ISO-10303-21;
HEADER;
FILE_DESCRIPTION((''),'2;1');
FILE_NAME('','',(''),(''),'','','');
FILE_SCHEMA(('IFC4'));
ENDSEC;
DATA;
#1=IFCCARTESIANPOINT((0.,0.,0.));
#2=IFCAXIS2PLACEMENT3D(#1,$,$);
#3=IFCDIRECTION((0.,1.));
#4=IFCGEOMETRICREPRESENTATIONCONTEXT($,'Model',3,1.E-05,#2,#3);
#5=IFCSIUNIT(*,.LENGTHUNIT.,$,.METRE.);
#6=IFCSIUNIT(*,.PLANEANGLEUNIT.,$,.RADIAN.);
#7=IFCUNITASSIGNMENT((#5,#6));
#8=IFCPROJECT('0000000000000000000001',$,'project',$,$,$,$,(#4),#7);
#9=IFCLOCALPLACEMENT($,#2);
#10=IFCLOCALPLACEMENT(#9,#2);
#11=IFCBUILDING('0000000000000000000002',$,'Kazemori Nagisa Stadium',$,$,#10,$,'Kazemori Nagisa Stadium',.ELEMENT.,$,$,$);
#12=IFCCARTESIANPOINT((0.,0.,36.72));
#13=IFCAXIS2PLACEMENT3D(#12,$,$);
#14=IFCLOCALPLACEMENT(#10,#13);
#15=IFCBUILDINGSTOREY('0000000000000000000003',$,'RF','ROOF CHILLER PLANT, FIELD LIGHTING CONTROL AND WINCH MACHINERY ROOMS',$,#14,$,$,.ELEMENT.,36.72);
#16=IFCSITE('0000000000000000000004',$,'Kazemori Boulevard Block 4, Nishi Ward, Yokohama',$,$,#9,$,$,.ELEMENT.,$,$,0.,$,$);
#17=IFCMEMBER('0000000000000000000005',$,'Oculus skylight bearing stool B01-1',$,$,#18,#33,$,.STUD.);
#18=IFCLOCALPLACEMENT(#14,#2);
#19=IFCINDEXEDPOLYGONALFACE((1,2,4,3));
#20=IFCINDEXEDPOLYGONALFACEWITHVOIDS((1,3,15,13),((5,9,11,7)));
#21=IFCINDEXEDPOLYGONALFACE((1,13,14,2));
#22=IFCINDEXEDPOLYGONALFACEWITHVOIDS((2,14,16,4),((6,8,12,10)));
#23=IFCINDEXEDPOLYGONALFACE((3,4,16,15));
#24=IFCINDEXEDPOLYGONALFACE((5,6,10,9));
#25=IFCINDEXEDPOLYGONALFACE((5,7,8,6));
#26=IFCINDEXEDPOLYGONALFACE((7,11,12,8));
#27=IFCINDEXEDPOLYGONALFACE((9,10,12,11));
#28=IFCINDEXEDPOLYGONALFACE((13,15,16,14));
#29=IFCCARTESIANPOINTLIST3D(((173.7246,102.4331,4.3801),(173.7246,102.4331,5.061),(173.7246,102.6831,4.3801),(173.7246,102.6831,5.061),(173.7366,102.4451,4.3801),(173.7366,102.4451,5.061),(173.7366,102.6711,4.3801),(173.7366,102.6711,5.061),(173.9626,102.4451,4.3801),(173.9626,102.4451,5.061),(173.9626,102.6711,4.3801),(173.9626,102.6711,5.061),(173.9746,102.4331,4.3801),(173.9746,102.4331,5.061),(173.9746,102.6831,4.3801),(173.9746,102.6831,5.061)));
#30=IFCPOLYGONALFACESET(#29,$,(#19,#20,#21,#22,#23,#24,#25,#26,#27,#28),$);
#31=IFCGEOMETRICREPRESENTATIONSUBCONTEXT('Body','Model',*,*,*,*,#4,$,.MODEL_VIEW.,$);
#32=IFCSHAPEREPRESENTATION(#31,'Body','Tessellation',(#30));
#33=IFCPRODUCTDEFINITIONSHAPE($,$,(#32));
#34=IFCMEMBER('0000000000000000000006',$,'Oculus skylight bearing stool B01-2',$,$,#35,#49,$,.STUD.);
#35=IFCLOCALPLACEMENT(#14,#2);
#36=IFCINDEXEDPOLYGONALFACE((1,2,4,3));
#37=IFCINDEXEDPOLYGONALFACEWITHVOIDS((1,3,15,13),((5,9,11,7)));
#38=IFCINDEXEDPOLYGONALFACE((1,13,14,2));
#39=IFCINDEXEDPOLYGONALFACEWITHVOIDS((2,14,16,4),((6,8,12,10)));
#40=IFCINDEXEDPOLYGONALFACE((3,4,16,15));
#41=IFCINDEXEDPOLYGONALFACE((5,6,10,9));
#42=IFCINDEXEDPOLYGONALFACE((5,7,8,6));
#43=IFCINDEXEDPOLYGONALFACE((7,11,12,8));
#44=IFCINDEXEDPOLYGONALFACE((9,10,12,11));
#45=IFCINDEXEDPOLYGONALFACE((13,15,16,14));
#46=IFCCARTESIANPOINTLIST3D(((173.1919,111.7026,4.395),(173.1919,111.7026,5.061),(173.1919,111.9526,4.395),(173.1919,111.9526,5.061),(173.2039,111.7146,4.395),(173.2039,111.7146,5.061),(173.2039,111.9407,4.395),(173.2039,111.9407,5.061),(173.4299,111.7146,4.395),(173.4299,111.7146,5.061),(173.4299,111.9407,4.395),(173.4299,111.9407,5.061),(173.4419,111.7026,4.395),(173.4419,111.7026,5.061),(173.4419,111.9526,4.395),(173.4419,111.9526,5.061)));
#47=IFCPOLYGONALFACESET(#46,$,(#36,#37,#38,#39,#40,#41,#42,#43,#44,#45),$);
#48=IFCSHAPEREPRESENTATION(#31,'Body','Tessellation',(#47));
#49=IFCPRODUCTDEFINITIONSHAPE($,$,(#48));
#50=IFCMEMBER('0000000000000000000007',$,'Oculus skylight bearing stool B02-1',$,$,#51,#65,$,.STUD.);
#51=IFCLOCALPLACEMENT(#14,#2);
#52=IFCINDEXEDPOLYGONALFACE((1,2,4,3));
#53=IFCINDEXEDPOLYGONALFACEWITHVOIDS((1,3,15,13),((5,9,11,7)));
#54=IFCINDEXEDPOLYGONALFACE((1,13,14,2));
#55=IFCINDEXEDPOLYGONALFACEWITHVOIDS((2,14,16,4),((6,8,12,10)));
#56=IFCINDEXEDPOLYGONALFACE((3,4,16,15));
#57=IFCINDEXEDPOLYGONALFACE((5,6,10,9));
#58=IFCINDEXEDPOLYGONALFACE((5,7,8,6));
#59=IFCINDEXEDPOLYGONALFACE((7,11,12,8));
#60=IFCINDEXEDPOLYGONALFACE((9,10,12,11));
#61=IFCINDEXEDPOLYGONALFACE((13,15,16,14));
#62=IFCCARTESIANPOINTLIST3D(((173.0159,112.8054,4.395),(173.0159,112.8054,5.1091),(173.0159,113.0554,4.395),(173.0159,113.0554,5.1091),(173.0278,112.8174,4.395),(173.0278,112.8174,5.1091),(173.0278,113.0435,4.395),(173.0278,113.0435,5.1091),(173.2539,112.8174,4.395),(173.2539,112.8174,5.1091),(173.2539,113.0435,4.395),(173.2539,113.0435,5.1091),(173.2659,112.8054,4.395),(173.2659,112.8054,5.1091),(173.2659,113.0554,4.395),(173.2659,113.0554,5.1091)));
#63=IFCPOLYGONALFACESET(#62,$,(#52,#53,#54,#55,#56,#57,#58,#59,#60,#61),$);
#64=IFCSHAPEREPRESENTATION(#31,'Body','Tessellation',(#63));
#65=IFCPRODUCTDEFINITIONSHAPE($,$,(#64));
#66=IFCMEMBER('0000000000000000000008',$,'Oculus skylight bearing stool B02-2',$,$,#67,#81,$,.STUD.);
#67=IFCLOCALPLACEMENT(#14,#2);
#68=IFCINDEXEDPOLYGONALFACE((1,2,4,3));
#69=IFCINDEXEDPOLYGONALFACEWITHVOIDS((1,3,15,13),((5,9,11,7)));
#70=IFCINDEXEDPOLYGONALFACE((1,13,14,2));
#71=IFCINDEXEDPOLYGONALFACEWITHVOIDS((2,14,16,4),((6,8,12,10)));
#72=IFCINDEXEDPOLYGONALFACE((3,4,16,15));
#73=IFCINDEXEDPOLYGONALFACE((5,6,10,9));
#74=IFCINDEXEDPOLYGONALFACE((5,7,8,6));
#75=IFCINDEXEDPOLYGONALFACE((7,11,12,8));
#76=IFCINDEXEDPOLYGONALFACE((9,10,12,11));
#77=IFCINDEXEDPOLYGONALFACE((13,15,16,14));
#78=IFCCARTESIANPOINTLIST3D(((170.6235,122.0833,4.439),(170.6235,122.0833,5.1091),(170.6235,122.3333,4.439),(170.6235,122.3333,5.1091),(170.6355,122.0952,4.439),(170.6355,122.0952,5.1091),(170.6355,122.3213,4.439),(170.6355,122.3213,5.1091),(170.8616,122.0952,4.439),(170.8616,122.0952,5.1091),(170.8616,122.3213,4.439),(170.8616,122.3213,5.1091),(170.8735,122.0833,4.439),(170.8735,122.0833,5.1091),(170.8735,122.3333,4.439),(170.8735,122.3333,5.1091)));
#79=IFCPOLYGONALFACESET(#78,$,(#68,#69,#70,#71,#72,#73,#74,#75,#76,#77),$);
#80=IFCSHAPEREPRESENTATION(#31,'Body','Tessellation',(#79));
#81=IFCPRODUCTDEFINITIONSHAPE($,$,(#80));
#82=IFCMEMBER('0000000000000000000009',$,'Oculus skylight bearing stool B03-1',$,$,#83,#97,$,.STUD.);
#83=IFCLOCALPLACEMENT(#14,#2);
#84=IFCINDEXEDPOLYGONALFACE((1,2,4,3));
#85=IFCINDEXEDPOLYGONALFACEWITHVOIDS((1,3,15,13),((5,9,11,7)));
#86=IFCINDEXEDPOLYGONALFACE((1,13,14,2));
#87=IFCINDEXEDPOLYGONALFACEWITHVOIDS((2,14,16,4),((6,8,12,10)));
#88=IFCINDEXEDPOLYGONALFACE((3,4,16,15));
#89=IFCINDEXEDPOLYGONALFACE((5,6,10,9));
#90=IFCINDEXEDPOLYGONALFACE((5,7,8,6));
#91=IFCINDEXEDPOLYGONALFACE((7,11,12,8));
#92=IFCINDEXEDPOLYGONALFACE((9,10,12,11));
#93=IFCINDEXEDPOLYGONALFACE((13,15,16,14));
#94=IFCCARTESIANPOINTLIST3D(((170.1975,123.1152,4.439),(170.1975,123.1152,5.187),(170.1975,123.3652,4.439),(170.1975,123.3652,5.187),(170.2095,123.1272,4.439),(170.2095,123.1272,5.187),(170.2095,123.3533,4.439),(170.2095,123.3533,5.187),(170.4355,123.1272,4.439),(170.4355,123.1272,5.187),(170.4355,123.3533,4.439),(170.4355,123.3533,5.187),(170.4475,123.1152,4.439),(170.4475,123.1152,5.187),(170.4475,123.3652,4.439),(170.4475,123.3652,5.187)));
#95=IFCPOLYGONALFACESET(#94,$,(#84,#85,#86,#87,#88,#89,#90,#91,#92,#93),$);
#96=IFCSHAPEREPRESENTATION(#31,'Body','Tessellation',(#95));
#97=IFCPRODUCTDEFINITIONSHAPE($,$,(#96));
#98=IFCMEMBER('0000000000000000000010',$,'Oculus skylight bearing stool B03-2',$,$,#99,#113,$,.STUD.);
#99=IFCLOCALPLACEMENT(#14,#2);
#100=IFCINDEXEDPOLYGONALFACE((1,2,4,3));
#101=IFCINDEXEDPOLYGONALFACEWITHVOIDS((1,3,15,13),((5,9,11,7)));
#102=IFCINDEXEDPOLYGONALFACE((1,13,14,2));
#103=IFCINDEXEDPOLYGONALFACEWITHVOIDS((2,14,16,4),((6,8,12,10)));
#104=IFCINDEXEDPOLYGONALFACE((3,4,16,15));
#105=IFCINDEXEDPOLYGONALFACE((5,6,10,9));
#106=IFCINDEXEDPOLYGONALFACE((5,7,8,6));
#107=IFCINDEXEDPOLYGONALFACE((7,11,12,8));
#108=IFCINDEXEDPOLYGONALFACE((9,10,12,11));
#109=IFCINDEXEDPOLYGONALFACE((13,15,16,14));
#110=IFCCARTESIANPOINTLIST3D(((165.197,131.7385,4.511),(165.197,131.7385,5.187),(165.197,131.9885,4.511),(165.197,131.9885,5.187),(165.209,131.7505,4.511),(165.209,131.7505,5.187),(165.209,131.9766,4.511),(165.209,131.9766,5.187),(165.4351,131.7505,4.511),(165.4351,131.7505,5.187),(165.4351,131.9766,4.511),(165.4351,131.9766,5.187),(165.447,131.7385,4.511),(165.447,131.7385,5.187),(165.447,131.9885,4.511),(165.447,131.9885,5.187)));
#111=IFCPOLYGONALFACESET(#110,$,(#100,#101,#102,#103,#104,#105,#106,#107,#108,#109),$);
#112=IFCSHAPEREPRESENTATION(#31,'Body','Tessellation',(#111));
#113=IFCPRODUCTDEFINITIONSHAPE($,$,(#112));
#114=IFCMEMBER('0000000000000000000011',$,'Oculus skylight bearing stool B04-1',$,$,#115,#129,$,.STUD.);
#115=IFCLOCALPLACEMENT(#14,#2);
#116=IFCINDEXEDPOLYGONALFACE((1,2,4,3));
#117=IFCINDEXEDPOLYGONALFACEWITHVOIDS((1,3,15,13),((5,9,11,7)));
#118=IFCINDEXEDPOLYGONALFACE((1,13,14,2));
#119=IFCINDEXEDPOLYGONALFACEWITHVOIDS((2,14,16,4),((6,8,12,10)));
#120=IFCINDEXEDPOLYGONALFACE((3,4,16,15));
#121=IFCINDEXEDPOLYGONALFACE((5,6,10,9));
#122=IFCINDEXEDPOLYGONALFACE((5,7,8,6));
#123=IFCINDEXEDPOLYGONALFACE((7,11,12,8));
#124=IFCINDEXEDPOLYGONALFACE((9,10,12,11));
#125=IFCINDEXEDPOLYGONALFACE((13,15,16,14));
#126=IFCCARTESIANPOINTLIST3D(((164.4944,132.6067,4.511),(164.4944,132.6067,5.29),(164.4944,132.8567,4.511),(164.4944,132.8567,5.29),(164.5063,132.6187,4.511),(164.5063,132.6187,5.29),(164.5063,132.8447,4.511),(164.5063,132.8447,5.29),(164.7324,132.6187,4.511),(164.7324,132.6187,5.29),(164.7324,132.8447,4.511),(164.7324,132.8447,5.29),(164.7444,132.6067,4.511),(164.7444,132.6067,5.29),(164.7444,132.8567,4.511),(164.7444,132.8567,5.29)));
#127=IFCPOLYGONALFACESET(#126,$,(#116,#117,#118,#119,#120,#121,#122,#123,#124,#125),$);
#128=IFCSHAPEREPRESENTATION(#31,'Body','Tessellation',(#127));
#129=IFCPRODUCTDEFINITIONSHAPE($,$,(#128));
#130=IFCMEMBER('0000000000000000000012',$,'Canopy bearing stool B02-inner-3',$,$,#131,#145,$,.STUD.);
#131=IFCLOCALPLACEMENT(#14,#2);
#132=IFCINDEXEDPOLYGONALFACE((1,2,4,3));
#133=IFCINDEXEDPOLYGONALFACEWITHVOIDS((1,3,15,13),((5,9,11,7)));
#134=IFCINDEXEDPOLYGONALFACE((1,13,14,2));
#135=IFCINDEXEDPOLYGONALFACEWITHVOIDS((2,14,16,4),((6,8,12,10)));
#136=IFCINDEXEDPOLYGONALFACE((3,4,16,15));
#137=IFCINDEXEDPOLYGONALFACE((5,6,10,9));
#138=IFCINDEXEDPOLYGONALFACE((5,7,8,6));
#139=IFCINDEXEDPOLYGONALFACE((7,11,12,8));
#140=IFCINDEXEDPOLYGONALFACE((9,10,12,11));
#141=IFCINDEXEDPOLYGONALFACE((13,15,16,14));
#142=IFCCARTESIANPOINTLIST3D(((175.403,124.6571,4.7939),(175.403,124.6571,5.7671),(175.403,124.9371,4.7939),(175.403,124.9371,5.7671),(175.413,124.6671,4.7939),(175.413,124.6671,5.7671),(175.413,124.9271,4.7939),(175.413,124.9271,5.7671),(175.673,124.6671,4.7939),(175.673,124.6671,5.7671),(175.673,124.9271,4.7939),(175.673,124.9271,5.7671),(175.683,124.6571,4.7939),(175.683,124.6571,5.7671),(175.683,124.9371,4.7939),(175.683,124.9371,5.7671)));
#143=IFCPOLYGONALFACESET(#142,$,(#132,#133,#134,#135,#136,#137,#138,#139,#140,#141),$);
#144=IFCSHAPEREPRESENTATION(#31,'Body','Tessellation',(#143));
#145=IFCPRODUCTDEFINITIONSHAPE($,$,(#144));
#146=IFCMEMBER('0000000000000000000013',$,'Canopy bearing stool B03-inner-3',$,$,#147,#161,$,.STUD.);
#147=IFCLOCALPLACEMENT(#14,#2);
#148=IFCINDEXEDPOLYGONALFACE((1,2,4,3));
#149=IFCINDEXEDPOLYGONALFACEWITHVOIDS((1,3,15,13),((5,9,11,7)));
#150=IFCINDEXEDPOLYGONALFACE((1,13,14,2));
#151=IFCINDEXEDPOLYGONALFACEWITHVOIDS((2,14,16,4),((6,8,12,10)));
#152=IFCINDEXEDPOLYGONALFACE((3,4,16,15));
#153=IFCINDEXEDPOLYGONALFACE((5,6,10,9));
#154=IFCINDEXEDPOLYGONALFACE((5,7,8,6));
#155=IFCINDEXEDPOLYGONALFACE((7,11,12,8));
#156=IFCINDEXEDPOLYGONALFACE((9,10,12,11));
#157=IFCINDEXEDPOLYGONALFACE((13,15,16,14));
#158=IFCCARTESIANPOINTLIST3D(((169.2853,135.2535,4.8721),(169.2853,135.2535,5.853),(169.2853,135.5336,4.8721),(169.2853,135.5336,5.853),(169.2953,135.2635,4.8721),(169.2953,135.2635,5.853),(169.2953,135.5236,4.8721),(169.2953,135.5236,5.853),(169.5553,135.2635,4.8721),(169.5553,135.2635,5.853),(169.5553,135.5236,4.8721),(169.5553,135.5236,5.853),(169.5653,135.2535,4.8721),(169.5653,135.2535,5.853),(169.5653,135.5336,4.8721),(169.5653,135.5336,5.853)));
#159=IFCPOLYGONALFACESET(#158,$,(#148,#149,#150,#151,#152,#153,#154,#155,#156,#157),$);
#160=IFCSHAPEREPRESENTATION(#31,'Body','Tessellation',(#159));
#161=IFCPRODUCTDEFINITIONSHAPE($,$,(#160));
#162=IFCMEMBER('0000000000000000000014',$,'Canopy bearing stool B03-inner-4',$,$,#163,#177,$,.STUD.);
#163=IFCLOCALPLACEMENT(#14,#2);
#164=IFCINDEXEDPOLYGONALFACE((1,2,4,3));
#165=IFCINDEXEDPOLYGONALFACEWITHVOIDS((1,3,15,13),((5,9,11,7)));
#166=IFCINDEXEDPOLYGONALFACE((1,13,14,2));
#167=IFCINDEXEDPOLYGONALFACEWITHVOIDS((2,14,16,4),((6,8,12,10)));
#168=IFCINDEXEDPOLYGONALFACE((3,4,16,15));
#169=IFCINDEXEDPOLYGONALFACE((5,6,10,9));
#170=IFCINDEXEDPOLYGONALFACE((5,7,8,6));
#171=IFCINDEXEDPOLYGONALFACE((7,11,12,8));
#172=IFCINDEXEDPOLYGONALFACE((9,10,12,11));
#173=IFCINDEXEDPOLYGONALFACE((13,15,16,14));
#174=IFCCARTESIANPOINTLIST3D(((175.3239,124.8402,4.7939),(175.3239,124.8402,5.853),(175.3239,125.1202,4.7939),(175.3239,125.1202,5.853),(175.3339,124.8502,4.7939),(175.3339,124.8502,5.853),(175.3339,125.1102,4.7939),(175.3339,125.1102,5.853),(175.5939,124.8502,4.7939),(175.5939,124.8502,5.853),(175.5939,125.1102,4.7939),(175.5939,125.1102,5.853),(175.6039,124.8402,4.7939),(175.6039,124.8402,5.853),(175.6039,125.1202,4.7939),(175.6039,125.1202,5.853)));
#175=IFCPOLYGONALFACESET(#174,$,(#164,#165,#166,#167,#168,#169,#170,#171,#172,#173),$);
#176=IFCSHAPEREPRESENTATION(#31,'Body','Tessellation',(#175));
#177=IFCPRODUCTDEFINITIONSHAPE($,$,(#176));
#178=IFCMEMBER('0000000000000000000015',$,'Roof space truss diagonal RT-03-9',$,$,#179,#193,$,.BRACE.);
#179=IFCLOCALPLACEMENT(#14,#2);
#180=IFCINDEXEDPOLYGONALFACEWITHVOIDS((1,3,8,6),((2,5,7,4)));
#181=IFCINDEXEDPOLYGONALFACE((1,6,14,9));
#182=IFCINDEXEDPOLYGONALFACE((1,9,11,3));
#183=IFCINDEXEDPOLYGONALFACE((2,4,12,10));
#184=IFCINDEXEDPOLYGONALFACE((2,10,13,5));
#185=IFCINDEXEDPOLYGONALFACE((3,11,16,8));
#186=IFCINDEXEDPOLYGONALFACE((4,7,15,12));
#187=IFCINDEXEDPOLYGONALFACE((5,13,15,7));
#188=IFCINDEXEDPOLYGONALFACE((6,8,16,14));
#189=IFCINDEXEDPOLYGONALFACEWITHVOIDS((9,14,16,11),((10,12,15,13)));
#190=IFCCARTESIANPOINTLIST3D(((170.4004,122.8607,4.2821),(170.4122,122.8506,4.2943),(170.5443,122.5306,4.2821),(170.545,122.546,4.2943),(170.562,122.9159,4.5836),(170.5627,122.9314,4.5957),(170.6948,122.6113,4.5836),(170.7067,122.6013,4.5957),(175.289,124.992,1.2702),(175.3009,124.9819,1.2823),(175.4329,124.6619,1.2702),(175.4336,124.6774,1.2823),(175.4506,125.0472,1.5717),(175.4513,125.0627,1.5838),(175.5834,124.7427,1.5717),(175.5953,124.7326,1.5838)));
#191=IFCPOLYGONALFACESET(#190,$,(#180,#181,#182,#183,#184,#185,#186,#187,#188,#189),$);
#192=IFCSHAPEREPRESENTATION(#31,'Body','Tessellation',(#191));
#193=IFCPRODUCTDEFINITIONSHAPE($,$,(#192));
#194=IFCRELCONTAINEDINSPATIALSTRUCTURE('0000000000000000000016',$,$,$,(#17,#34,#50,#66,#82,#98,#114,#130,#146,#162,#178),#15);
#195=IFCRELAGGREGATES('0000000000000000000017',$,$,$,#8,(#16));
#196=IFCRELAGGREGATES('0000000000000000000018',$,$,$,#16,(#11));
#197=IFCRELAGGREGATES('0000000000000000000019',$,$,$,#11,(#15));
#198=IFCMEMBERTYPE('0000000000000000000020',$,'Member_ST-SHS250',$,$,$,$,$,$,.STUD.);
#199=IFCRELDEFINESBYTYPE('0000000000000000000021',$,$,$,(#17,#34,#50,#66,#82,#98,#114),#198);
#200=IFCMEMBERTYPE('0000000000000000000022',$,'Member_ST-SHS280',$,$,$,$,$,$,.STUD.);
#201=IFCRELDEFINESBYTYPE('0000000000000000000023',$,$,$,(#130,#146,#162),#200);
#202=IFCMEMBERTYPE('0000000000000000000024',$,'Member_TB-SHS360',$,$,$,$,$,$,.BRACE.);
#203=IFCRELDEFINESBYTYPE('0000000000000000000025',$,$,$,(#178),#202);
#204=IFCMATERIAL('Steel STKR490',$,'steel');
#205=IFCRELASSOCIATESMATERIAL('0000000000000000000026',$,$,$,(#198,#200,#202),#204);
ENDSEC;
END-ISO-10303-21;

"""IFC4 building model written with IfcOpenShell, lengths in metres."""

from ifc_helpers import new_model, si_unit, direction, frame, origin, origin_2d, place, context, subcontext, project, spatial, hollow_rectangle, extrude, material, material_profile, profile_set, type_object, element, save


model = new_model("IFC4")

# Units and contexts
model_context = context("Model", 3, precision=1e-05, world=origin(), true_north=direction((0.0, 1.0)))
body_context = subcontext(model_context, "Body", "Model", "MODEL_VIEW")
ifc_project = project(units=[si_unit("LENGTHUNIT", "METRE"), si_unit("PLANEANGLEUNIT", "RADIAN")], contexts=[model_context])

# Site, building, storey
site_placement = place(None, origin())
site = spatial("IfcSite", under=ifc_project, at=site_placement, Name="Kazemori Boulevard Block 4, Nishi Ward, Yokohama", CompositionType="ELEMENT", RefElevation=0.0)
building_placement = place(site_placement, origin())
building = spatial("IfcBuilding", under=site, at=building_placement, Name="Kazemori Nagisa Stadium", LongName="Kazemori Nagisa Stadium", CompositionType="ELEMENT")
storey_placement = place(building_placement, frame((0.0, 0.0, 36.72)))
storey = spatial("IfcBuildingStorey", under=building, at=storey_placement, Name="RF", Description="ROOF CHILLER PLANT, FIELD LIGHTING CONTROL AND WINCH MACHINERY ROOMS", CompositionType="ELEMENT", Elevation=36.72)

# Members
ifc_material = material(Name="Steel STKR490", Category="steel")
ifc_material_profile_1 = material_profile(ifc_material, hollow_rectangle(XDim=0.25, YDim=0.25, WallThickness=0.012, at=origin_2d()), Name="SHS-250x250x12")
ifc_profile_set_1 = profile_set([ifc_material_profile_1], Name="Steel STKR490")
member_type_1 = type_object("IfcMemberType", Name="Member_ST-SHS250", PredefinedType="STUD", material=ifc_profile_set_1)
member_1_placement = place(storey_placement, frame((173.8496, 102.5581, 4.3801), z_axis=(0.0, 0.0, 1.0), x_axis=(1.0, 0.0, 0.0)))
element("IfcMember", 1, at=member_1_placement, inside=storey, type_object=member_type_1, Name="Oculus skylight bearing stool B01-1", PredefinedType="STUD", context=body_context, shape_type="SweptSolid", body=[
    extrude(hollow_rectangle(XDim=0.25, YDim=0.25, WallThickness=0.012, at=origin_2d()), origin(), (0.0, 0.0, 1.0), 0.6809),
])
member_2_placement = place(storey_placement, frame((173.3169, 111.8276, 4.395), z_axis=(0.0, 0.0, 1.0), x_axis=(1.0, 0.0, 0.0)))
element("IfcMember", 2, at=member_2_placement, inside=storey, type_object=member_type_1, Name="Oculus skylight bearing stool B01-2", PredefinedType="STUD", context=body_context, shape_type="SweptSolid", body=[
    extrude(hollow_rectangle(XDim=0.25, YDim=0.25, WallThickness=0.012, at=origin_2d()), origin(), (0.0, 0.0, 1.0), 0.666),
])
member_3_placement = place(storey_placement, frame((173.1409, 112.9304, 4.395), z_axis=(0.0, 0.0, 1.0), x_axis=(1.0, 0.0, 0.0)))
element("IfcMember", 3, at=member_3_placement, inside=storey, type_object=member_type_1, Name="Oculus skylight bearing stool B02-1", PredefinedType="STUD", context=body_context, shape_type="SweptSolid", body=[
    extrude(hollow_rectangle(XDim=0.25, YDim=0.25, WallThickness=0.012, at=origin_2d()), origin(), (0.0, 0.0, 1.0), 0.7141),
])
member_4_placement = place(storey_placement, frame((170.7485, 122.2083, 4.439), z_axis=(0.0, 0.0, 1.0), x_axis=(1.0, 0.0, 0.0)))
element("IfcMember", 4, at=member_4_placement, inside=storey, type_object=member_type_1, Name="Oculus skylight bearing stool B02-2", PredefinedType="STUD", context=body_context, shape_type="SweptSolid", body=[
    extrude(hollow_rectangle(XDim=0.25, YDim=0.25, WallThickness=0.012, at=origin_2d()), origin(), (0.0, 0.0, 1.0), 0.6702),
])
member_5_placement = place(storey_placement, frame((170.3225, 123.2402, 4.439), z_axis=(0.0, 0.0, 1.0), x_axis=(1.0, 0.0, 0.0)))
element("IfcMember", 5, at=member_5_placement, inside=storey, type_object=member_type_1, Name="Oculus skylight bearing stool B03-1", PredefinedType="STUD", context=body_context, shape_type="SweptSolid", body=[
    extrude(hollow_rectangle(XDim=0.25, YDim=0.25, WallThickness=0.012, at=origin_2d()), origin(), (0.0, 0.0, 1.0), 0.748),
])
member_6_placement = place(storey_placement, frame((165.322, 131.8635, 4.511), z_axis=(0.0, 0.0, 1.0), x_axis=(1.0, 0.0, 0.0)))
element("IfcMember", 6, at=member_6_placement, inside=storey, type_object=member_type_1, Name="Oculus skylight bearing stool B03-2", PredefinedType="STUD", context=body_context, shape_type="SweptSolid", body=[
    extrude(hollow_rectangle(XDim=0.25, YDim=0.25, WallThickness=0.012, at=origin_2d()), origin(), (0.0, 0.0, 1.0), 0.676),
])
member_7_placement = place(storey_placement, frame((164.6194, 132.7317, 4.511), z_axis=(0.0, 0.0, 1.0), x_axis=(1.0, 0.0, 0.0)))
element("IfcMember", 7, at=member_7_placement, inside=storey, type_object=member_type_1, Name="Oculus skylight bearing stool B04-1", PredefinedType="STUD", context=body_context, shape_type="SweptSolid", body=[
    extrude(hollow_rectangle(XDim=0.25, YDim=0.25, WallThickness=0.012, at=origin_2d()), origin(), (0.0, 0.0, 1.0), 0.7791),
])
ifc_material_profile_2 = material_profile(ifc_material, hollow_rectangle(XDim=0.28, YDim=0.28, WallThickness=0.01, at=origin_2d()), Name="SHS-280x280x10")
ifc_profile_set_2 = profile_set([ifc_material_profile_2], Name="Steel STKR490")
member_type_2 = type_object("IfcMemberType", Name="Member_ST-SHS280", PredefinedType="STUD", material=ifc_profile_set_2)
member_8_placement = place(storey_placement, frame((175.543, 124.7971, 4.7939), z_axis=(0.0, 0.0, 1.0), x_axis=(1.0, 0.0, 0.0)))
element("IfcMember", 8, at=member_8_placement, inside=storey, type_object=member_type_2, Name="Canopy bearing stool B02-inner-3", PredefinedType="STUD", context=body_context, shape_type="SweptSolid", body=[
    extrude(hollow_rectangle(XDim=0.28, YDim=0.28, WallThickness=0.01, at=origin_2d()), origin(), (0.0, 0.0, 1.0), 0.9731),
])
member_9_placement = place(storey_placement, frame((169.4253, 135.3936, 4.8721), z_axis=(0.0, 0.0, 1.0), x_axis=(1.0, 0.0, 0.0)))
element("IfcMember", 9, at=member_9_placement, inside=storey, type_object=member_type_2, Name="Canopy bearing stool B03-inner-3", PredefinedType="STUD", context=body_context, shape_type="SweptSolid", body=[
    extrude(hollow_rectangle(XDim=0.28, YDim=0.28, WallThickness=0.01, at=origin_2d()), origin(), (0.0, 0.0, 1.0), 0.981),
])
member_10_placement = place(storey_placement, frame((175.4639, 124.9802, 4.7939), z_axis=(0.0, 0.0, 1.0), x_axis=(1.0, 0.0, 0.0)))
element("IfcMember", 10, at=member_10_placement, inside=storey, type_object=member_type_2, Name="Canopy bearing stool B03-inner-4", PredefinedType="STUD", context=body_context, shape_type="SweptSolid", body=[
    extrude(hollow_rectangle(XDim=0.28, YDim=0.28, WallThickness=0.01, at=origin_2d()), origin(), (0.0, 0.0, 1.0), 1.0591),
])
ifc_material_profile_3 = material_profile(ifc_material, hollow_rectangle(XDim=0.3601, YDim=0.3601, WallThickness=0.0139, at=origin_2d()), Name="SHS-360x360x14")
ifc_profile_set_3 = profile_set([ifc_material_profile_3], Name="Steel STKR490")
member_type_3 = type_object("IfcMemberType", Name="Member_TB-SHS360", PredefinedType="BRACE", material=ifc_profile_set_3)
for number, where, z_axis, x_axis, name in (
    (11, (175.4421, 124.8623, 1.427), (-0.798171, -0.347984, 0.491762), (0.399647, -0.916669, 0.0), "Roof space truss diagonal RT-03-9"),
):
    element("IfcMember", number, at=place(storey_placement, frame(where, z_axis=z_axis, x_axis=x_axis)), inside=storey, type_object=member_type_3, Name=name, PredefinedType="BRACE", context=body_context, shape_type="SweptSolid", body=[
        extrude(hollow_rectangle(XDim=0.3601, YDim=0.3601, WallThickness=0.0139, at=origin_2d()), origin(), (0.0, 0.0, 1.0), 6.1248),
    ])

save(model, "model.ifc")
